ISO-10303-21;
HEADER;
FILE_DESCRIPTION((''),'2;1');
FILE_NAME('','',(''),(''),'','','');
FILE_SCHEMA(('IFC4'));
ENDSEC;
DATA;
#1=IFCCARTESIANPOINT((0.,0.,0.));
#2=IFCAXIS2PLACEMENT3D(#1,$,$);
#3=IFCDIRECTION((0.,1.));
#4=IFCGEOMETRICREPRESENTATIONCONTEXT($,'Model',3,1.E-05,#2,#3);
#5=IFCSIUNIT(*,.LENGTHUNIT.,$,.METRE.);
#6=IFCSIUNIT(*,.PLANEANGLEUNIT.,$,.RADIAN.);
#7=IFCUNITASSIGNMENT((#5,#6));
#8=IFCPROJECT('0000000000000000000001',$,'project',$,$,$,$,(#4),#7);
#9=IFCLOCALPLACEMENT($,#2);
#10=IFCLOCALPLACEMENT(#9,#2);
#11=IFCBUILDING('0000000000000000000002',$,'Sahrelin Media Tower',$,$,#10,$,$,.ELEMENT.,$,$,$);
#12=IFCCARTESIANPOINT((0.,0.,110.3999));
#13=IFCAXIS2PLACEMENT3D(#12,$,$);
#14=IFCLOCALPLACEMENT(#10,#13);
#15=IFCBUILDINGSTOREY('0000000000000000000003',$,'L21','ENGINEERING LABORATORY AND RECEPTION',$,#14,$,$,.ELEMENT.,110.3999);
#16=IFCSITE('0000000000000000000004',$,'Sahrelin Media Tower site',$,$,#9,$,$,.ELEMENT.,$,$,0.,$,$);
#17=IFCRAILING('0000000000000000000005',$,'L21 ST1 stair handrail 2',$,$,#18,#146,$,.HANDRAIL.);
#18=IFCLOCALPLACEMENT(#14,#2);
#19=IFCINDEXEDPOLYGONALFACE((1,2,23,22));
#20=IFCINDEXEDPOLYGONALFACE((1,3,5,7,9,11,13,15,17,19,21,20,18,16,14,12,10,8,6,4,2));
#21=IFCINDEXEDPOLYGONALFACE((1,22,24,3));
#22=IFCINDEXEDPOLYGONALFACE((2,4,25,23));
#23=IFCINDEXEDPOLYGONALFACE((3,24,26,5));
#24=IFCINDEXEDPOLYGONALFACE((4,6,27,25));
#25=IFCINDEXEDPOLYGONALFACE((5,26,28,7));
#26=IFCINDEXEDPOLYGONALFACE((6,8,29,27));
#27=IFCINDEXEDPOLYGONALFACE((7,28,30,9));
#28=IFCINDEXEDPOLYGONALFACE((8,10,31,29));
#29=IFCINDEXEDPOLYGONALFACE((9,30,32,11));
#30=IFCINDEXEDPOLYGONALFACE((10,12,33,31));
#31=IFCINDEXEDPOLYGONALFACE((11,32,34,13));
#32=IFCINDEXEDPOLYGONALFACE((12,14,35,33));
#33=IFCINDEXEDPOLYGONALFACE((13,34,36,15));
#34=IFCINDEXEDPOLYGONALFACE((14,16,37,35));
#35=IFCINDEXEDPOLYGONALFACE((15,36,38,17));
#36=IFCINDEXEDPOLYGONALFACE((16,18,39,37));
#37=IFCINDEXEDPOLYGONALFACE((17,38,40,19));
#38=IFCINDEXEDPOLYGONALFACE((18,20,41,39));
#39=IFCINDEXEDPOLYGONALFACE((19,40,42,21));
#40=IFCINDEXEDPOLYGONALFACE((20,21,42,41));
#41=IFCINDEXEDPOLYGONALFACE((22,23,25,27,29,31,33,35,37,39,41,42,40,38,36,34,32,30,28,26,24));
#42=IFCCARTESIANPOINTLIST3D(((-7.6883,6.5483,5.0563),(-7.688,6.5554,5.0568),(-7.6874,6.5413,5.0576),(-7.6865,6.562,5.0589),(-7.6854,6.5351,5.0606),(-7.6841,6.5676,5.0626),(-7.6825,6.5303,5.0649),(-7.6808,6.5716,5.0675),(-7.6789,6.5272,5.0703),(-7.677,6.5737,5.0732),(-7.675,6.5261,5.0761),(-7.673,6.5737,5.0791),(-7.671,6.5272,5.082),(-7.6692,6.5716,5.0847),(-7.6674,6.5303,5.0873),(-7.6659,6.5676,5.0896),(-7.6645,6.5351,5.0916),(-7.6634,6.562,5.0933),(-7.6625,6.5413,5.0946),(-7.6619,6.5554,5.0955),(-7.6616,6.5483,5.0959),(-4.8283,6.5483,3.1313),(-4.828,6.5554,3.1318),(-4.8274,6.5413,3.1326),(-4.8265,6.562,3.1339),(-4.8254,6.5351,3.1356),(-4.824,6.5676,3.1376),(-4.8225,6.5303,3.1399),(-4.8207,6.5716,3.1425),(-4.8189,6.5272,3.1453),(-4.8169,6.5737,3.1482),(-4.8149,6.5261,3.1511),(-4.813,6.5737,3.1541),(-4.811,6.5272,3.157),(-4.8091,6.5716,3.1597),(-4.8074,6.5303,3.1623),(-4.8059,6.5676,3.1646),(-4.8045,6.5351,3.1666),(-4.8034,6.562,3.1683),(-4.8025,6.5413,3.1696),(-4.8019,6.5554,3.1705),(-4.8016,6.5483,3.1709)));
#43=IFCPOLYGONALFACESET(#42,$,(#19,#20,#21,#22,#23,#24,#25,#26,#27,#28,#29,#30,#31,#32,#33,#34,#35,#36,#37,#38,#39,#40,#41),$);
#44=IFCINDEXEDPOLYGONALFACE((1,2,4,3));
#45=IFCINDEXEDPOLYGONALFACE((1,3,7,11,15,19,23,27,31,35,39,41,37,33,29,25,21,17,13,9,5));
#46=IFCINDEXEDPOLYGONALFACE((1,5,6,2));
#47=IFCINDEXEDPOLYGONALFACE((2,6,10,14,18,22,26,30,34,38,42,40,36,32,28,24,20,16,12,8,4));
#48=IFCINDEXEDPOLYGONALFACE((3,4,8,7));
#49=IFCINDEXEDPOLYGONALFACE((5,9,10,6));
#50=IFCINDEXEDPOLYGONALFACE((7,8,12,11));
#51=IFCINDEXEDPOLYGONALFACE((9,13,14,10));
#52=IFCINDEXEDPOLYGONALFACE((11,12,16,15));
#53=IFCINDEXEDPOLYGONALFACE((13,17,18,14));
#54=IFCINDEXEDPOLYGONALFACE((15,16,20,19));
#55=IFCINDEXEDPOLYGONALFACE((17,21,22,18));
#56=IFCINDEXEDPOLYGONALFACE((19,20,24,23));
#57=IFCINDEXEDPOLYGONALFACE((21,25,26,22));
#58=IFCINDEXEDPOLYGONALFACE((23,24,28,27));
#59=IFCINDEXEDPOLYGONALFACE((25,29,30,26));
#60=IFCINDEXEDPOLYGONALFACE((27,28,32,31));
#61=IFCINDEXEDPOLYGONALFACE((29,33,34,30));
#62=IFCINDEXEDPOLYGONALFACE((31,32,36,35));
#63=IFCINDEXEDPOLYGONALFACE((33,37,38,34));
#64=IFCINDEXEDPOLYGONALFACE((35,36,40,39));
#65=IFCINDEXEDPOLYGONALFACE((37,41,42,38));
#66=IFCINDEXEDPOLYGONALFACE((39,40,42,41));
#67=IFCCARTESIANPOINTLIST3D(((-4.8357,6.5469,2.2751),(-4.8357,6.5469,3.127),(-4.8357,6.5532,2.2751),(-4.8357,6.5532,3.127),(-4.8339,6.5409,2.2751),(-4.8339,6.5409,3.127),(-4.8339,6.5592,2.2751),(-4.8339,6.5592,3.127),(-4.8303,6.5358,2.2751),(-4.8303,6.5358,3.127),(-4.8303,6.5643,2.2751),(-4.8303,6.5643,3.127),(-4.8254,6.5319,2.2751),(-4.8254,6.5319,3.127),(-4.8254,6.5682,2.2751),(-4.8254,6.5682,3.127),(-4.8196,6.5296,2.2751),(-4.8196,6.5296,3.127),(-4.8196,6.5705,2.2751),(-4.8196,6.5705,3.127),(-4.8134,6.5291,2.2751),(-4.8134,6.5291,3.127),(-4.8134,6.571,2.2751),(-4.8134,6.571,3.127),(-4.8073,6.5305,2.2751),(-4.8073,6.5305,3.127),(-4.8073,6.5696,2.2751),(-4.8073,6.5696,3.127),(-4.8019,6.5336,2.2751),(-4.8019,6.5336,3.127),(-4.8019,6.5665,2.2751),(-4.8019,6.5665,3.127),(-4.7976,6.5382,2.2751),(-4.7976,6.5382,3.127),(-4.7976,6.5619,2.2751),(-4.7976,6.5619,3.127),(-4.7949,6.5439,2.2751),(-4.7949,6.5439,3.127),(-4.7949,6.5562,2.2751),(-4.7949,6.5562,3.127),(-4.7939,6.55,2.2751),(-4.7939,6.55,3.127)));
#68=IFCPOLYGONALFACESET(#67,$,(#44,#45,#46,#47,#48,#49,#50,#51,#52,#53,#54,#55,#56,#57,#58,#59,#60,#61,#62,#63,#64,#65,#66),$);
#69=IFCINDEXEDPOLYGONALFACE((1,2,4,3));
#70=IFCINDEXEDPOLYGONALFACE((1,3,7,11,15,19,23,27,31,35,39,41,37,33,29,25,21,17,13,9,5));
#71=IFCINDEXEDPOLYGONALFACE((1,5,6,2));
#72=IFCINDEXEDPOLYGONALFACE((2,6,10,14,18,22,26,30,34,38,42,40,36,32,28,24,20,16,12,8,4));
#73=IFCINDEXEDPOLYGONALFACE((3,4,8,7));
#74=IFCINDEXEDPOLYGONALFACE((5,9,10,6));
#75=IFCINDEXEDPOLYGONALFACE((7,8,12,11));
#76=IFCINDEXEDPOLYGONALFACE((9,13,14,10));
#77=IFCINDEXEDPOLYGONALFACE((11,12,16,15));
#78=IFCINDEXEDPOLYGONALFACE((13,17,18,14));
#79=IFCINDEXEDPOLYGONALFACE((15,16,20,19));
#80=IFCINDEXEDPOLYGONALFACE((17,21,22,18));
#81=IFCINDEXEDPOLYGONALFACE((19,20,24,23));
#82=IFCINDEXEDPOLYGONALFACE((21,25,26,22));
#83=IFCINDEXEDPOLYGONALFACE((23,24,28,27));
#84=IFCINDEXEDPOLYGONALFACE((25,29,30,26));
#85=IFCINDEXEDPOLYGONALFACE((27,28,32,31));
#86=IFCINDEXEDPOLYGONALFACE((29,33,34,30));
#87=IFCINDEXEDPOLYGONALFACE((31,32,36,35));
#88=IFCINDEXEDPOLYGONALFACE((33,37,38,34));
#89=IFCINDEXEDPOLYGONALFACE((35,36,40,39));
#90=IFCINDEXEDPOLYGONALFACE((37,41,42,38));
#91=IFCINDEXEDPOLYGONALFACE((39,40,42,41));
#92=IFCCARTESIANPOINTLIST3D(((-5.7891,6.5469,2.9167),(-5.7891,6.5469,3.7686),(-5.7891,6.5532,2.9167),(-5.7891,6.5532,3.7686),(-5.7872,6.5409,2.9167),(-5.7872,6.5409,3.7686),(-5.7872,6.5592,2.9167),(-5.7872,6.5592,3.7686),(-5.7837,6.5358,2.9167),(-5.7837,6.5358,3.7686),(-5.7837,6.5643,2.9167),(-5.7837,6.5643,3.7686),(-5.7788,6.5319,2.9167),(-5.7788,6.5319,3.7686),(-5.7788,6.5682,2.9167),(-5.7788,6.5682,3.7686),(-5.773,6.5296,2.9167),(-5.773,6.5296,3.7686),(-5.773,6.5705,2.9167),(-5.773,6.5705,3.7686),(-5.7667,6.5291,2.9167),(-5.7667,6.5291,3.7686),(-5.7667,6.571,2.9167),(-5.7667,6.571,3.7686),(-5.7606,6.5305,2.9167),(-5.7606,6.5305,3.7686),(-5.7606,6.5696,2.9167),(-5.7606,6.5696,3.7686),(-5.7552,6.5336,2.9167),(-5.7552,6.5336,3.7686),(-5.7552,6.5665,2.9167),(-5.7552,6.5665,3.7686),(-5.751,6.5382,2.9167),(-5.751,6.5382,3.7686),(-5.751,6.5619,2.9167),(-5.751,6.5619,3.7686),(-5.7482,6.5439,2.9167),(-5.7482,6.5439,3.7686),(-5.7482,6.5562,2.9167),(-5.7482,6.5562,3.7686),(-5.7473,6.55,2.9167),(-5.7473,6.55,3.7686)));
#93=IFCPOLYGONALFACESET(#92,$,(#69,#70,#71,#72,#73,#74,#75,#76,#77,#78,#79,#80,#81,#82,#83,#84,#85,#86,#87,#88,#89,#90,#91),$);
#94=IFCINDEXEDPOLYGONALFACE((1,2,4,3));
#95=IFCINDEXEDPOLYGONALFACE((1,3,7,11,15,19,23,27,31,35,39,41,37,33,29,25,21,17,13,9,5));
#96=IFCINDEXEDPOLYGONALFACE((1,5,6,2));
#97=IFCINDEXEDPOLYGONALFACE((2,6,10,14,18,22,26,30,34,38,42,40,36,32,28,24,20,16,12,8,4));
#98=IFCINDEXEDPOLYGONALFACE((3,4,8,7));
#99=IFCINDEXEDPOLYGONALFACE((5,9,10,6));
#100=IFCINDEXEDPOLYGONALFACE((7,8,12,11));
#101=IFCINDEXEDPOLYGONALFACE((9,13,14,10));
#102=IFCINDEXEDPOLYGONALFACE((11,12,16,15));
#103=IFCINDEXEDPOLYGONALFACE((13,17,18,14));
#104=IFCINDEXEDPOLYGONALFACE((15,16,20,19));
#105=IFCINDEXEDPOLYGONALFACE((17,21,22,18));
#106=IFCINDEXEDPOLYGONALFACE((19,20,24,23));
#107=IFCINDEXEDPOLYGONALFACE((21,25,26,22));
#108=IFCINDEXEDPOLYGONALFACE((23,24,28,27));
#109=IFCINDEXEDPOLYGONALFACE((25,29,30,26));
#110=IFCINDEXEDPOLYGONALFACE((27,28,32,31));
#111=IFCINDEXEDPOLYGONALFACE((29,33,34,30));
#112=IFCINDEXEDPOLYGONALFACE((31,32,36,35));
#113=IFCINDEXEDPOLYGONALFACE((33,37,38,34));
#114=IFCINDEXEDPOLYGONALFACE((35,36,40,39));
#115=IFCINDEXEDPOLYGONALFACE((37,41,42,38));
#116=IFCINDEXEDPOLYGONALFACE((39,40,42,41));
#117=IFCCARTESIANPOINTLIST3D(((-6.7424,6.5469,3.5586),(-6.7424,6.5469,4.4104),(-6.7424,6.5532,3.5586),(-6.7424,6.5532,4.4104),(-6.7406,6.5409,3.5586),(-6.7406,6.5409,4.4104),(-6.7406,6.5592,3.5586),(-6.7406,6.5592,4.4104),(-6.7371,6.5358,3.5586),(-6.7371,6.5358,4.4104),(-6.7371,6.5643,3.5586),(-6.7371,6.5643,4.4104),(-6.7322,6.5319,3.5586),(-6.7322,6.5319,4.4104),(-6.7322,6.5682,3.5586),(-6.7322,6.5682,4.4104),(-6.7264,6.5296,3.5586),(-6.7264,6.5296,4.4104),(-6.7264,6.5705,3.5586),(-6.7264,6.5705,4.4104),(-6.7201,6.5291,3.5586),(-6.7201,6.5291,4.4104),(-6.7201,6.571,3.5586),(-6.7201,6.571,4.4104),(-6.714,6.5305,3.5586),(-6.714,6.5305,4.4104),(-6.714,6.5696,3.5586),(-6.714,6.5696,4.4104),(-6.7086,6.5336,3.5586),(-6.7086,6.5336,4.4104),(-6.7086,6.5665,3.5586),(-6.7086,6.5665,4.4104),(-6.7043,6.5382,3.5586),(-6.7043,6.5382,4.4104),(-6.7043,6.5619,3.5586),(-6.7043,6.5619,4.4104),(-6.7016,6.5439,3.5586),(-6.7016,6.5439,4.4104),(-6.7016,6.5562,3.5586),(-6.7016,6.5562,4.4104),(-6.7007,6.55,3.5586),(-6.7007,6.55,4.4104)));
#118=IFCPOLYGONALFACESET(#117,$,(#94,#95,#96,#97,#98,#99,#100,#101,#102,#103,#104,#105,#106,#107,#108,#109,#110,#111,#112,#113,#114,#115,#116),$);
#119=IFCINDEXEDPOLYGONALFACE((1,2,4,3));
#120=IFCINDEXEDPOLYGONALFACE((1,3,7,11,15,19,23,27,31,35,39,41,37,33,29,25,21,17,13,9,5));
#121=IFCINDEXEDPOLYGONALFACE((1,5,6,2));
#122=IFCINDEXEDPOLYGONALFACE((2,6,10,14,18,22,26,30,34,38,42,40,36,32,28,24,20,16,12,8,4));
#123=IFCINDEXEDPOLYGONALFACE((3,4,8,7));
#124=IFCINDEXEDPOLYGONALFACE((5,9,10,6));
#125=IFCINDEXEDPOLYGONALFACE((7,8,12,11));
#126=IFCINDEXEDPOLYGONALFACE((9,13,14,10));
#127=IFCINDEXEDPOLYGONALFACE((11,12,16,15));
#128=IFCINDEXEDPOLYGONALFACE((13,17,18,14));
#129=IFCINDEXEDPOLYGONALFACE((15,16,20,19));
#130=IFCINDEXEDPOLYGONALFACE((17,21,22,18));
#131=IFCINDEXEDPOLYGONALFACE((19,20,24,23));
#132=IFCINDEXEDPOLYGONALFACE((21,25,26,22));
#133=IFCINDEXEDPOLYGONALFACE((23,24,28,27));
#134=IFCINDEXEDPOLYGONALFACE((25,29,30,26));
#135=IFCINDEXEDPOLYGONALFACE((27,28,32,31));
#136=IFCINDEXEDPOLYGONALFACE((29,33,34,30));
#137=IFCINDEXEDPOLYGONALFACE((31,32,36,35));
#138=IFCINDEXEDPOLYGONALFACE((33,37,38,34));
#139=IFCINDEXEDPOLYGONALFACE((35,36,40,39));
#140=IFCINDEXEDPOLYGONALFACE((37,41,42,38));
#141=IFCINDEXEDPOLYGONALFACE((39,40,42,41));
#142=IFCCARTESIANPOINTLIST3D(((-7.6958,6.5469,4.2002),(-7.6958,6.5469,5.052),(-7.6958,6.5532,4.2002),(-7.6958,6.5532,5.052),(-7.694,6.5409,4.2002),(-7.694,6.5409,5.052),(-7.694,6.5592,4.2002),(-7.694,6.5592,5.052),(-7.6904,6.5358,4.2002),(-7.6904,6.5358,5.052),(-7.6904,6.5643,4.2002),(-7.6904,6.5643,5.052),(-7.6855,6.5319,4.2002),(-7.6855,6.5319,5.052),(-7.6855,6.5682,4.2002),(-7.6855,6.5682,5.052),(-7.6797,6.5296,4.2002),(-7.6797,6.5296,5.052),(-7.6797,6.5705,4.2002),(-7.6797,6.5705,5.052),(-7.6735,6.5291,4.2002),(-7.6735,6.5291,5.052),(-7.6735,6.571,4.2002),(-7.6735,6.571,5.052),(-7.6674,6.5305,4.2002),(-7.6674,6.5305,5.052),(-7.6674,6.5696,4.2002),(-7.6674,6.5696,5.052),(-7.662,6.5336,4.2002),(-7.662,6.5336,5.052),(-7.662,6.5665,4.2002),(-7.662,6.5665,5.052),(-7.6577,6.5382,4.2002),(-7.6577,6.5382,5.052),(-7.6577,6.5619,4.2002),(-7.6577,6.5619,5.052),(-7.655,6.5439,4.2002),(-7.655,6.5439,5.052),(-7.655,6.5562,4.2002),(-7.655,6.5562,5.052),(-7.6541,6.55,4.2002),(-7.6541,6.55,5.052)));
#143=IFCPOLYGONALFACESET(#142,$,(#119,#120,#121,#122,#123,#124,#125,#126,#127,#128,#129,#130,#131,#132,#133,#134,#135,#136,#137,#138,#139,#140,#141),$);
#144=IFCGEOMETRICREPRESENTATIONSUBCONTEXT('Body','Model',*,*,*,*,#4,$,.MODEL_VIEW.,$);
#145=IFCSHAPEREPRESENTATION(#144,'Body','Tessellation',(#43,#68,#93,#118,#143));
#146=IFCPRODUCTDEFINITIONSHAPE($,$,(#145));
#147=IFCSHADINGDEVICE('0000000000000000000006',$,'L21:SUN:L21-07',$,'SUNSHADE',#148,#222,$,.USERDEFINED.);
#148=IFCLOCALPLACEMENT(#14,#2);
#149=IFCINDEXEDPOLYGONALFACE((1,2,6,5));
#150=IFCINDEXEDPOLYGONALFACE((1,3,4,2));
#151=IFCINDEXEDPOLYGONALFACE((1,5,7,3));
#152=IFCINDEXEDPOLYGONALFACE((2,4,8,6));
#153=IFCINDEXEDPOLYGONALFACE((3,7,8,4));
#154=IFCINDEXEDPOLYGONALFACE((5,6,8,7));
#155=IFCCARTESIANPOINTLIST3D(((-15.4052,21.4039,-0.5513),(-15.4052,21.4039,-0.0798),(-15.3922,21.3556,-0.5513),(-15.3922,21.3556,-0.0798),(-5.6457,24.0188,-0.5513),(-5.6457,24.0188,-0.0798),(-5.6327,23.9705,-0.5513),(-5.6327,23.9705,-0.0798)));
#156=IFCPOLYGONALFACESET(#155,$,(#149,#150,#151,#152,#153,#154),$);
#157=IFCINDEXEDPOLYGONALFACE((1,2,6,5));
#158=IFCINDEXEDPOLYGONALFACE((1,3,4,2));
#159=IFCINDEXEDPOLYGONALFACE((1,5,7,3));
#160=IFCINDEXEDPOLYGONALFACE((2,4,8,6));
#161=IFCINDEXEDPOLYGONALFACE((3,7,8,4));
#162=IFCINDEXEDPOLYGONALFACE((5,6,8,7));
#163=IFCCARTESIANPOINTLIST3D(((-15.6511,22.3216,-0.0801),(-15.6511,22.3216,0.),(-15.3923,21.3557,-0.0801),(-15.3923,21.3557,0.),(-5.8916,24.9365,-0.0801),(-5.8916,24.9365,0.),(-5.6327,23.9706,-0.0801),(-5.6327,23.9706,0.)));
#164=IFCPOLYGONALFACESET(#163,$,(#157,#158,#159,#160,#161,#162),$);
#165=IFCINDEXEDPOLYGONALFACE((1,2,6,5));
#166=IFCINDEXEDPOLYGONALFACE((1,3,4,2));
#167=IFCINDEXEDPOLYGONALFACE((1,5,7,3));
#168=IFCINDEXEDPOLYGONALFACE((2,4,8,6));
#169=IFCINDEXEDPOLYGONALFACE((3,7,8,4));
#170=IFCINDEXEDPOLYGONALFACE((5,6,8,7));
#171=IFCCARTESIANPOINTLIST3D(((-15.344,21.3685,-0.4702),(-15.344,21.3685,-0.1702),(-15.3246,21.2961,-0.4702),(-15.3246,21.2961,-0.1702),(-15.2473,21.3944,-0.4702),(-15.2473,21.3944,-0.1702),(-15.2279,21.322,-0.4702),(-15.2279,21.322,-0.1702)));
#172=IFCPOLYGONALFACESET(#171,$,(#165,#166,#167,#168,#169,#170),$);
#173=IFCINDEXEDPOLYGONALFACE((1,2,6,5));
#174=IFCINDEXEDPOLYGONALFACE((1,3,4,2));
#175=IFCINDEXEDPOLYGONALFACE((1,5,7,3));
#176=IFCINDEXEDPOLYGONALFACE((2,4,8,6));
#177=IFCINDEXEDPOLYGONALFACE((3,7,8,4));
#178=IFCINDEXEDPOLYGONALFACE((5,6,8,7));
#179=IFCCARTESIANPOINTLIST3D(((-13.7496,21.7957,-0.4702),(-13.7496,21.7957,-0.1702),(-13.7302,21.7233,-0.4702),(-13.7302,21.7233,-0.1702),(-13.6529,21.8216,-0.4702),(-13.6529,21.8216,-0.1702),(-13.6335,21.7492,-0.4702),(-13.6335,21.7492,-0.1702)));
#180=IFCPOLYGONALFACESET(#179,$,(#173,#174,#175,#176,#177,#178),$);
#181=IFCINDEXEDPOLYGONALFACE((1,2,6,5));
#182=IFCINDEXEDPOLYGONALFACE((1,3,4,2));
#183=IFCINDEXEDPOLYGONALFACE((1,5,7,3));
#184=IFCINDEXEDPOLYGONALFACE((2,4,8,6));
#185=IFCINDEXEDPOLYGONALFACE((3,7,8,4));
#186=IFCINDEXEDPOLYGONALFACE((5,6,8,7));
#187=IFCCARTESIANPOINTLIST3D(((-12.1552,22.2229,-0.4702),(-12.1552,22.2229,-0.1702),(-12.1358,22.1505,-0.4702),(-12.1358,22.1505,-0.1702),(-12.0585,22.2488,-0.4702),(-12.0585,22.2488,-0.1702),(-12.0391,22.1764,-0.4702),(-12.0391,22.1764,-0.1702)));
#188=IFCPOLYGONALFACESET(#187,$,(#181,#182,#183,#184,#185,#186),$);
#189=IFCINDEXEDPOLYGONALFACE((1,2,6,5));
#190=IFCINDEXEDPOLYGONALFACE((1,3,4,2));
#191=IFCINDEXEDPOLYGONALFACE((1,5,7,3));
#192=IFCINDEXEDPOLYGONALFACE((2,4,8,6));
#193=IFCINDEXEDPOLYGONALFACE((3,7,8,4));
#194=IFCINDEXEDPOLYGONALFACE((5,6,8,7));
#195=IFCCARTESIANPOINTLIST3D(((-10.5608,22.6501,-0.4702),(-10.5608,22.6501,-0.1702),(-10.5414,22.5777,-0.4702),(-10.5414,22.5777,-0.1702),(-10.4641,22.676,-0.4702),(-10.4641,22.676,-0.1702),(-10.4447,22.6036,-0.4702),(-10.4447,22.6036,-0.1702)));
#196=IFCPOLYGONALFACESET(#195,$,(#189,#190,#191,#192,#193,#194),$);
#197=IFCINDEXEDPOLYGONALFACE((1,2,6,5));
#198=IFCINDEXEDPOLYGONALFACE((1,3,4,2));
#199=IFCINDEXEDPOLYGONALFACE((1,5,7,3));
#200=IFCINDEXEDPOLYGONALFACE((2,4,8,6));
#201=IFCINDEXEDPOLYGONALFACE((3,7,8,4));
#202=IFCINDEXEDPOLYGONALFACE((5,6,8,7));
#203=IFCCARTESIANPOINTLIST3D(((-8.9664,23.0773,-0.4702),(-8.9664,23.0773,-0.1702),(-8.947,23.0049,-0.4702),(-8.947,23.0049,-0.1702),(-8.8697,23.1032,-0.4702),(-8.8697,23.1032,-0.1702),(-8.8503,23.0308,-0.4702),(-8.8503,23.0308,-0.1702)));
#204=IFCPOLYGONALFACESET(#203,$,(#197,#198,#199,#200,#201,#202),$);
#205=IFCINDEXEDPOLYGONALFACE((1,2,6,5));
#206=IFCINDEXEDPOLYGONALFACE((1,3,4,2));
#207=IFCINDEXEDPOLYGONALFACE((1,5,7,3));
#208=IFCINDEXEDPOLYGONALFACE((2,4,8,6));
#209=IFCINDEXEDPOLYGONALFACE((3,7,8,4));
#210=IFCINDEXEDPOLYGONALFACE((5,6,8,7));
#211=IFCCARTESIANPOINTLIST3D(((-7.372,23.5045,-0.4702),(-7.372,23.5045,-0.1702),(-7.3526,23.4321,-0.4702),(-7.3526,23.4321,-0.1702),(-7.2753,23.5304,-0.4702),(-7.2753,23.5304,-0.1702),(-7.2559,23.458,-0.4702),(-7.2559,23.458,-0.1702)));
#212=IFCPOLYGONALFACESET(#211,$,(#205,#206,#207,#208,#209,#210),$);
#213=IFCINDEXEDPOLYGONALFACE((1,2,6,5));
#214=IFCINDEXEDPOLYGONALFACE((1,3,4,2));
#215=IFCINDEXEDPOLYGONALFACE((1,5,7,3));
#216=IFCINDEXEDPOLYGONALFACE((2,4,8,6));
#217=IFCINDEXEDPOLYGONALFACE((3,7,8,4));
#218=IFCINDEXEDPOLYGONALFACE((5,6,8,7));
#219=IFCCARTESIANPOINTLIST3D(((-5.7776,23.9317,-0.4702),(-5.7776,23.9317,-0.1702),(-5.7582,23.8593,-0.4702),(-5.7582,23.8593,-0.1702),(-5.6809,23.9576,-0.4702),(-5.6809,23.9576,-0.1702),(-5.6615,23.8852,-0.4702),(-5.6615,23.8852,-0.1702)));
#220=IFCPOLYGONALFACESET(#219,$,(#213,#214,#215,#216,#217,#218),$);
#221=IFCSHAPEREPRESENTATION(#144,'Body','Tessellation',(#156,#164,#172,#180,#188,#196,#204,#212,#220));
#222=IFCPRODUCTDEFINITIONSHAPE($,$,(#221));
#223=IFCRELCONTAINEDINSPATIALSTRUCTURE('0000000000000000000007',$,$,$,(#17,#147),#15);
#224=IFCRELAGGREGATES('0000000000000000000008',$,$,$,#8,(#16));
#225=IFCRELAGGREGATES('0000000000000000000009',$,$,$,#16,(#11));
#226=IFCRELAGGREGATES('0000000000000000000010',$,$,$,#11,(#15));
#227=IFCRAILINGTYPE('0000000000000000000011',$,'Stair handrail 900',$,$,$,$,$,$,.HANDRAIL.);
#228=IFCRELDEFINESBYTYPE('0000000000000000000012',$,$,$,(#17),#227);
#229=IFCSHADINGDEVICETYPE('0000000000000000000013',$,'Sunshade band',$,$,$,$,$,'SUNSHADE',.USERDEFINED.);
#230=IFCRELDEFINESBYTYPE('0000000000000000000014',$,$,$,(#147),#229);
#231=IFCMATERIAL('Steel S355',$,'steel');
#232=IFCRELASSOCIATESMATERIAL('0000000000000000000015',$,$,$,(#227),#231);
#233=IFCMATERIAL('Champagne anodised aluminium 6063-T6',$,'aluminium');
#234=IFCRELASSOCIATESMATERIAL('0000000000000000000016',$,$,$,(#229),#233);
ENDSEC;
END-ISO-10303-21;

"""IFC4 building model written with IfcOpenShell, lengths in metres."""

from ifc_helpers import new_model, si_unit, direction, frame, origin, origin_2d, place, context, subcontext, project, spatial, rectangle, circle, extrude, material, type_object, element, save


model = new_model("IFC4")

# Units and contexts
model_context = context("Model", 3, precision=1e-05, world=origin(), true_north=direction((0.0, 1.0)))
body_context = subcontext(model_context, "Body", "Model", "MODEL_VIEW")
ifc_project = project(units=[si_unit("LENGTHUNIT", "METRE"), si_unit("PLANEANGLEUNIT", "RADIAN")], contexts=[model_context])

# Site, building, storey
site_placement = place(None, origin())
site = spatial("IfcSite", under=ifc_project, at=site_placement, Name="Sahrelin Media Tower site", CompositionType="ELEMENT", RefElevation=0.0)
building_placement = place(site_placement, origin())
building = spatial("IfcBuilding", under=site, at=building_placement, Name="Sahrelin Media Tower", CompositionType="ELEMENT")
storey_placement = place(building_placement, frame((0.0, 0.0, 110.3999)))
storey = spatial("IfcBuildingStorey", under=building, at=storey_placement, Name="L21", Description="ENGINEERING LABORATORY AND RECEPTION", CompositionType="ELEMENT", Elevation=110.3999)

# Shared definitions
ifc_material_1 = material(Name="Steel S355", Category="steel")

# Shared definitions
ifc_material_2 = material(Name="Champagne anodised aluminium 6063-T6", Category="aluminium")

# Shared definitions
placement = place(storey_placement, frame((-10.5073, 22.6438, 0.0), z_axis=(0.0, 0.0, 1.0), x_axis=(0.965929, 0.258808, 0.0)))

# Railing
railing_type = type_object("IfcRailingType", Name="Stair handrail 900", PredefinedType="HANDRAIL", material=ifc_material_1)
railing_placement = place(storey_placement, frame((-4.8149, 6.55, 2.2751)))
element("IfcRailing", 1, at=railing_placement, inside=storey, type_object=railing_type, Name="L21 ST1 stair handrail 2", PredefinedType="HANDRAIL", context=body_context, shape_type="SweptSolid", body=[
    extrude(circle(Radius=0.0239, at=origin_2d()), frame((0.0, 0.0, 0.876), z_axis=(-0.829591, 0.0, 0.558372), x_axis=(0.0, -1.0, 0.0)), (0.0, 0.0, 1.0), 3.4475),
    extrude(circle(Radius=0.021, at=origin_2d()), origin(), (0.0, 0.0, 1.0), 0.8518),
    extrude(circle(Radius=0.021, at=origin_2d()), frame((-0.9534, 0.0, 0.6416)), (0.0, 0.0, 1.0), 0.8518),
    extrude(circle(Radius=0.021, at=origin_2d()), frame((-1.9067, 0.0, 1.2834)), (0.0, 0.0, 1.0), 0.8518),
    extrude(circle(Radius=0.021, at=origin_2d()), frame((-2.8601, 0.0, 1.925)), (0.0, 0.0, 1.0), 0.8518),
])

# Shading device
shading_device_type_1 = type_object("IfcShadingDeviceType", Name="Sunshade band", ElementType="SUNSHADE", PredefinedType="USERDEFINED", material=ifc_material_2)
element("IfcShadingDevice", 2, at=placement, inside=storey, type_object=shading_device_type_1, Name="L21:SUN:L21-07", ObjectType="SUNSHADE", PredefinedType="USERDEFINED", context=body_context, shape_type="SweptSolid", body=[
    extrude(rectangle(XDim=10.1038, YDim=0.05, at=origin_2d()), frame((0.0, 0.0449, -0.5513)), (0.0, 0.0, 1.0), 0.4714),
    extrude(rectangle(XDim=10.1038, YDim=1.0, at=origin_2d()), frame((0.0, 0.52, -0.0801)), (0.0, 0.0, 1.0), 0.0801),
    extrude(rectangle(XDim=0.1001, YDim=0.075, at=origin_2d()), frame((-4.9519, -0.0176, -0.4702)), (0.0, 0.0, 1.0), 0.3),
    extrude(rectangle(XDim=0.1001, YDim=0.075, at=origin_2d()), frame((-3.3013, -0.0176, -0.4702)), (0.0, 0.0, 1.0), 0.3),
    extrude(rectangle(XDim=0.1001, YDim=0.075, at=origin_2d()), frame((-1.6506, -0.0176, -0.4702)), (0.0, 0.0, 1.0), 0.3),
    extrude(rectangle(XDim=0.1001, YDim=0.075, at=origin_2d()), frame((0.0, -0.0176, -0.4702)), (0.0, 0.0, 1.0), 0.3),
    extrude(rectangle(XDim=0.1001, YDim=0.075, at=origin_2d()), frame((1.6506, -0.0176, -0.4702)), (0.0, 0.0, 1.0), 0.3),
    extrude(rectangle(XDim=0.1001, YDim=0.075, at=origin_2d()), frame((3.3013, -0.0176, -0.4702)), (0.0, 0.0, 1.0), 0.3),
    extrude(rectangle(XDim=0.1001, YDim=0.075, at=origin_2d()), frame((4.9519, -0.0176, -0.4702)), (0.0, 0.0, 1.0), 0.3),
])

save(model, "model.ifc")
